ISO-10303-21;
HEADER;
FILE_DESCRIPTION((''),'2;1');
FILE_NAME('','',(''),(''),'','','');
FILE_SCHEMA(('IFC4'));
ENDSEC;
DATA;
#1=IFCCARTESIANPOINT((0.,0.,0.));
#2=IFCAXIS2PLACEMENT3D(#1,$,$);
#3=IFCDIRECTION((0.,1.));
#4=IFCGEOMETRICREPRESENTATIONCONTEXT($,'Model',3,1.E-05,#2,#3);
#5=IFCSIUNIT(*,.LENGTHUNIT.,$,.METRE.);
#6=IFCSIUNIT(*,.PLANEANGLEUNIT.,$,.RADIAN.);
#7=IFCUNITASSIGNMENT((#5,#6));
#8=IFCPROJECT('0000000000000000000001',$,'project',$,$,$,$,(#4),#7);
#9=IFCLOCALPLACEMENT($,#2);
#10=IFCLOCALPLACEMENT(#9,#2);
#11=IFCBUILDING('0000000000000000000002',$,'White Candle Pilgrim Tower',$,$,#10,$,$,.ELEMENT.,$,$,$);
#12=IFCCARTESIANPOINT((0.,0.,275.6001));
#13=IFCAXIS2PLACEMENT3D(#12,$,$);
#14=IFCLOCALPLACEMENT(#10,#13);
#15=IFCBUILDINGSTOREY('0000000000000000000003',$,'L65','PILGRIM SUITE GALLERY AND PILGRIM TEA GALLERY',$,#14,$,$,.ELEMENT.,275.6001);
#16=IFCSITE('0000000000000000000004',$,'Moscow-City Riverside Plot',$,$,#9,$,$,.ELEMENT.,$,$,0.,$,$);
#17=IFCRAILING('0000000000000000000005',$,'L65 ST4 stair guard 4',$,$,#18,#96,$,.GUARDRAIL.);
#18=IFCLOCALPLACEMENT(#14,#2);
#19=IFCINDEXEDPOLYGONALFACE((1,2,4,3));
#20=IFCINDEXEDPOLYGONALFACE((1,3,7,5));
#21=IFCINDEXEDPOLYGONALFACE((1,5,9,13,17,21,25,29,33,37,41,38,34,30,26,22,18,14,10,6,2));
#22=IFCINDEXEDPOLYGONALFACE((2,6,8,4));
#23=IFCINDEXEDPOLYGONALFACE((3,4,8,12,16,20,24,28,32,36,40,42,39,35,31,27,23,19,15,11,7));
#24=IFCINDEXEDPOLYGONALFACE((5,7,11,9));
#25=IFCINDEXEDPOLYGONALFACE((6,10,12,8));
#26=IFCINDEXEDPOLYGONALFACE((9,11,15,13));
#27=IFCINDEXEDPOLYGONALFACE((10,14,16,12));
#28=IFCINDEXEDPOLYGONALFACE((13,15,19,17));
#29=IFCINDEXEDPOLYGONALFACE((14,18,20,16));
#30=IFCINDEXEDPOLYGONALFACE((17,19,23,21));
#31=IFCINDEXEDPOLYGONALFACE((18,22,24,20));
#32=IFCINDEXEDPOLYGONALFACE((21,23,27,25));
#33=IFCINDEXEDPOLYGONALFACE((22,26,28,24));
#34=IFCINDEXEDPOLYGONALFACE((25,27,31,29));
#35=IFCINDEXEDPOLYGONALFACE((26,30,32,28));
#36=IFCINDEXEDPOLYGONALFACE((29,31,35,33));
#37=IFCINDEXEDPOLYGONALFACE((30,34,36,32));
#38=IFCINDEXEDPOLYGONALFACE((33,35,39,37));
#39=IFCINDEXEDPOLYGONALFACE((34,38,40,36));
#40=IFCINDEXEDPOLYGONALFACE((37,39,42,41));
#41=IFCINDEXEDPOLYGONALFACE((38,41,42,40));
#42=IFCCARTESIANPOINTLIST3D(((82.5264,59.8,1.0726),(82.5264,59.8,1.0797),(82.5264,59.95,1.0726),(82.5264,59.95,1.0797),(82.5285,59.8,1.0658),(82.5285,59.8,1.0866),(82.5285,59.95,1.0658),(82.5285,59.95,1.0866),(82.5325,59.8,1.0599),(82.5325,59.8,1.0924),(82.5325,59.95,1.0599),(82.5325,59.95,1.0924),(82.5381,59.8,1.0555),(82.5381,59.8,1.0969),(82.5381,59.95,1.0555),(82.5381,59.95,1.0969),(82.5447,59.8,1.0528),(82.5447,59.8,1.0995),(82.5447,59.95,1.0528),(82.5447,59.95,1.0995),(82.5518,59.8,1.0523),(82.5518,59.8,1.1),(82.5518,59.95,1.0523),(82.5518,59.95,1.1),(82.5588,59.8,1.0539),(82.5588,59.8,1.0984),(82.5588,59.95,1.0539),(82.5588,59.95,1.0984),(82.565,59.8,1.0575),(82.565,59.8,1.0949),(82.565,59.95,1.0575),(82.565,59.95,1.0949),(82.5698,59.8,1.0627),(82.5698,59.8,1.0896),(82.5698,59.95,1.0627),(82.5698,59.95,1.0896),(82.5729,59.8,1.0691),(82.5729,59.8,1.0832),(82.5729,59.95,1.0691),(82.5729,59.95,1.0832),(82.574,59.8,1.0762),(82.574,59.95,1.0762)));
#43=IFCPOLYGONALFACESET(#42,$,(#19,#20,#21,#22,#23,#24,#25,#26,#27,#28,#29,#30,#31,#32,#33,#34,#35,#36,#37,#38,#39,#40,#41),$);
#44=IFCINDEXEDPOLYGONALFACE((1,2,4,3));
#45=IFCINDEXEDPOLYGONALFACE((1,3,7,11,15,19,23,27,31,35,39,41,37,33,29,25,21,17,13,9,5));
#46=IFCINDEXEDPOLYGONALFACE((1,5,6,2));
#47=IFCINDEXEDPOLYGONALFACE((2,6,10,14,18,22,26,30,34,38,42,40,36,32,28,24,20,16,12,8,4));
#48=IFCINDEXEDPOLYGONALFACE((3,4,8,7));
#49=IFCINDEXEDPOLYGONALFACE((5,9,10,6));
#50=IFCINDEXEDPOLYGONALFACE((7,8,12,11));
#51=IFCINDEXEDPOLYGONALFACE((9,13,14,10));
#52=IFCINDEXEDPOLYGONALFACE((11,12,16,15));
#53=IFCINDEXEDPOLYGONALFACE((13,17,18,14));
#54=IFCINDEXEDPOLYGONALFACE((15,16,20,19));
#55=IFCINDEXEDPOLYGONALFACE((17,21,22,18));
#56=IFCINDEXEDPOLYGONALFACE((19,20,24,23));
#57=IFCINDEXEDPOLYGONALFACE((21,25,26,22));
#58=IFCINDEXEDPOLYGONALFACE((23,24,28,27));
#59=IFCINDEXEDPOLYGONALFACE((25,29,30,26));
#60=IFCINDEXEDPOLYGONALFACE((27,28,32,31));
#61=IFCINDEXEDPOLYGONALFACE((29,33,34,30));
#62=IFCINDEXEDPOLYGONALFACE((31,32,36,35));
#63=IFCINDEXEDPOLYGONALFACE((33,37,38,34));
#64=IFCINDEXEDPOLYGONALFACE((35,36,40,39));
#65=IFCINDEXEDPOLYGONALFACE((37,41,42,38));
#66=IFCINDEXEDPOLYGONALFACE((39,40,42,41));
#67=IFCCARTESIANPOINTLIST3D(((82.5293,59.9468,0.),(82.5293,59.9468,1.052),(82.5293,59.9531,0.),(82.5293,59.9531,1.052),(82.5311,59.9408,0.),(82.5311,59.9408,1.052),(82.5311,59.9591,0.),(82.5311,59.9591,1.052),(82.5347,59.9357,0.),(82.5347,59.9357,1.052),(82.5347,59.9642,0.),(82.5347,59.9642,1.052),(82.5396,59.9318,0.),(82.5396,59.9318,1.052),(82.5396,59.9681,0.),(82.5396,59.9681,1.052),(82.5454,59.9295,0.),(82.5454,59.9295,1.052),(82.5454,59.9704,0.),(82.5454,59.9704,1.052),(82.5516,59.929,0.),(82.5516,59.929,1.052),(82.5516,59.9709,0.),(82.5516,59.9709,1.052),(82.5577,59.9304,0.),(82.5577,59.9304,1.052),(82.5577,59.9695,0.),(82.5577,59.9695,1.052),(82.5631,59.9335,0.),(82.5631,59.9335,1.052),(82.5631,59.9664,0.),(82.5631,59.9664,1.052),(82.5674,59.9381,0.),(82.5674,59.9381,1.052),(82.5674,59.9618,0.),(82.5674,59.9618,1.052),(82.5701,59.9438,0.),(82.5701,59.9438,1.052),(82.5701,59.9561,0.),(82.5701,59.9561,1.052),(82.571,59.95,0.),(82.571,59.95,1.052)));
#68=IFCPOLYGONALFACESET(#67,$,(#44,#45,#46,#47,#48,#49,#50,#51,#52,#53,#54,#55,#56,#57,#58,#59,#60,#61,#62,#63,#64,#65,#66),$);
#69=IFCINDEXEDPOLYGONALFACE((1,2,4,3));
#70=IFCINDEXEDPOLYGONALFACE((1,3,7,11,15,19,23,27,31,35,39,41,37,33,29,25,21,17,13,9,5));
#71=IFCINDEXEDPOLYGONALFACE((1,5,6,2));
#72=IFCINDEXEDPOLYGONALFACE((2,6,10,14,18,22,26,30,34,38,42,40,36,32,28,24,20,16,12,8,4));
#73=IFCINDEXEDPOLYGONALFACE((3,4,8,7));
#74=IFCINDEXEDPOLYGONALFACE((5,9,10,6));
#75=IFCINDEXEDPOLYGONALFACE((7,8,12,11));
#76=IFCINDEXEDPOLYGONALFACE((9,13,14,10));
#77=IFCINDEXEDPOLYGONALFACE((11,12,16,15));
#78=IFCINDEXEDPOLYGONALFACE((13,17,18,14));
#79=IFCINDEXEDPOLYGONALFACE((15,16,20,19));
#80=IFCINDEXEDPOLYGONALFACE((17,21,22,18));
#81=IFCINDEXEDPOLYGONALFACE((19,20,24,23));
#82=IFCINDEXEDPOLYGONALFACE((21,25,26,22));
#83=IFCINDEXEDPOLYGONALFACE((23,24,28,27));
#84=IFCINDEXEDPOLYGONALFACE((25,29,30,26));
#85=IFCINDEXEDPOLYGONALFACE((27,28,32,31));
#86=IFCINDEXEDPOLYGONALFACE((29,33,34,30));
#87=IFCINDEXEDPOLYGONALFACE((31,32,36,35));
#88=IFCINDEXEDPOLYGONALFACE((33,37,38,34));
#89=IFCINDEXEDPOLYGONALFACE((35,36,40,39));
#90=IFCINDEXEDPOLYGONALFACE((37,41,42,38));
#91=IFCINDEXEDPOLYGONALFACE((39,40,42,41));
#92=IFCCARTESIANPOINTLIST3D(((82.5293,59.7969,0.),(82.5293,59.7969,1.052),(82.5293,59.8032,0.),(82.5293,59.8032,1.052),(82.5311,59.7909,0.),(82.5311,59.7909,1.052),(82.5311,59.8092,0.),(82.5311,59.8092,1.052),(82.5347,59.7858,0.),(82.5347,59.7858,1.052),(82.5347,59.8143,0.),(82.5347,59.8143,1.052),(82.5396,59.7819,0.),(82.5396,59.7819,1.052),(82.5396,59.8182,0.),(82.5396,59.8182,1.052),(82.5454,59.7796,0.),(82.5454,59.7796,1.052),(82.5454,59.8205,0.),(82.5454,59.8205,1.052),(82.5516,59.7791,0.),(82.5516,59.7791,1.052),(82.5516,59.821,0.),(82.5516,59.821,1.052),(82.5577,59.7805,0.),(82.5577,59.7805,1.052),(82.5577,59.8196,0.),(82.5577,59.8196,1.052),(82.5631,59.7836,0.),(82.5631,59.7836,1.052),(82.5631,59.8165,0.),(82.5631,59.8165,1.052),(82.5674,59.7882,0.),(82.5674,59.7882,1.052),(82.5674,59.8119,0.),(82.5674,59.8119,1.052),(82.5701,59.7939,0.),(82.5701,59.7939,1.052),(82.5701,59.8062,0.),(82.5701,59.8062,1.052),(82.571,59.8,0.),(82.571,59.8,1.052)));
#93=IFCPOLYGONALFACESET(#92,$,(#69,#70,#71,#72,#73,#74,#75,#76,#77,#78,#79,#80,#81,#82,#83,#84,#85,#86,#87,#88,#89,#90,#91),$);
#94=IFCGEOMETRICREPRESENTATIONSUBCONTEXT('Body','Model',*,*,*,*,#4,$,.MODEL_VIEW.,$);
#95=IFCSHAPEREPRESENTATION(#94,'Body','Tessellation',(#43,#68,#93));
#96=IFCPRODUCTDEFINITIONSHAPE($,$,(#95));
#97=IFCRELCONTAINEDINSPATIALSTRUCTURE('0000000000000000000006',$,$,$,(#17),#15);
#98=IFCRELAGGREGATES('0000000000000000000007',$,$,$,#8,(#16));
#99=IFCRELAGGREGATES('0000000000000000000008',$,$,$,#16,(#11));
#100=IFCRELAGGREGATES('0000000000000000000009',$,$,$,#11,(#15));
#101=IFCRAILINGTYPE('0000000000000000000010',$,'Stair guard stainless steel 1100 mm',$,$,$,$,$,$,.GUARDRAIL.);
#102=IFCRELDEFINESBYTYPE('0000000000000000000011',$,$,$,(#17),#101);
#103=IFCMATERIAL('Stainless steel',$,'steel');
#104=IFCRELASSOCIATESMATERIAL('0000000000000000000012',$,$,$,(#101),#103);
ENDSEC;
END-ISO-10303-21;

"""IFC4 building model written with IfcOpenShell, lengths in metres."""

from ifc_helpers import new_model, si_unit, direction, frame, origin, origin_2d, place, context, subcontext, project, spatial, circle, extrude, material, type_object, element, save


model = new_model("IFC4")

# Units and contexts
model_context = context("Model", 3, precision=1e-05, world=origin(), true_north=direction((0.0, 1.0)))
body_context = subcontext(model_context, "Body", "Model", "MODEL_VIEW")
ifc_project = project(units=[si_unit("LENGTHUNIT", "METRE"), si_unit("PLANEANGLEUNIT", "RADIAN")], contexts=[model_context])

# Site, building, storey
site_placement = place(None, origin())
site = spatial("IfcSite", under=ifc_project, at=site_placement, Name="Moscow-City Riverside Plot", CompositionType="ELEMENT", RefElevation=0.0)
building_placement = place(site_placement, origin())
building = spatial("IfcBuilding", under=site, at=building_placement, Name="White Candle Pilgrim Tower", CompositionType="ELEMENT")
storey_placement = place(building_placement, frame((0.0, 0.0, 275.6001)))
storey = spatial("IfcBuildingStorey", under=building, at=storey_placement, Name="L65", Description="PILGRIM SUITE GALLERY AND PILGRIM TEA GALLERY", CompositionType="ELEMENT", Elevation=275.6001)

# Railing
ifc_material_1 = material(Name="Stainless steel", Category="steel")
railing_type = type_object("IfcRailingType", Name="Stair guard stainless steel 1100 mm", PredefinedType="GUARDRAIL", material=ifc_material_1)
railing_1_placement = place(storey_placement, frame((82.55, 59.95, 0.0)))
element("IfcRailing", 1, at=railing_1_placement, inside=storey, type_object=railing_type, Name="L65 ST4 stair guard 4", PredefinedType="GUARDRAIL", context=body_context, shape_type="SweptSolid", body=[
    extrude(circle(Radius=0.0239, at=origin_2d()), frame((0.0, 0.0, 1.0762), z_axis=(0.0, -1.0, 0.0), x_axis=(1.0, 0.0, 0.0)), (0.0, 0.0, 1.0), 0.1499),
    extrude(circle(Radius=0.021, at=origin_2d()), origin(), (0.0, 0.0, 1.0), 1.052),
    extrude(circle(Radius=0.021, at=origin_2d()), frame((0.0, -0.1499, 0.0)), (0.0, 0.0, 1.0), 1.052),
])

save(model, "model.ifc")
